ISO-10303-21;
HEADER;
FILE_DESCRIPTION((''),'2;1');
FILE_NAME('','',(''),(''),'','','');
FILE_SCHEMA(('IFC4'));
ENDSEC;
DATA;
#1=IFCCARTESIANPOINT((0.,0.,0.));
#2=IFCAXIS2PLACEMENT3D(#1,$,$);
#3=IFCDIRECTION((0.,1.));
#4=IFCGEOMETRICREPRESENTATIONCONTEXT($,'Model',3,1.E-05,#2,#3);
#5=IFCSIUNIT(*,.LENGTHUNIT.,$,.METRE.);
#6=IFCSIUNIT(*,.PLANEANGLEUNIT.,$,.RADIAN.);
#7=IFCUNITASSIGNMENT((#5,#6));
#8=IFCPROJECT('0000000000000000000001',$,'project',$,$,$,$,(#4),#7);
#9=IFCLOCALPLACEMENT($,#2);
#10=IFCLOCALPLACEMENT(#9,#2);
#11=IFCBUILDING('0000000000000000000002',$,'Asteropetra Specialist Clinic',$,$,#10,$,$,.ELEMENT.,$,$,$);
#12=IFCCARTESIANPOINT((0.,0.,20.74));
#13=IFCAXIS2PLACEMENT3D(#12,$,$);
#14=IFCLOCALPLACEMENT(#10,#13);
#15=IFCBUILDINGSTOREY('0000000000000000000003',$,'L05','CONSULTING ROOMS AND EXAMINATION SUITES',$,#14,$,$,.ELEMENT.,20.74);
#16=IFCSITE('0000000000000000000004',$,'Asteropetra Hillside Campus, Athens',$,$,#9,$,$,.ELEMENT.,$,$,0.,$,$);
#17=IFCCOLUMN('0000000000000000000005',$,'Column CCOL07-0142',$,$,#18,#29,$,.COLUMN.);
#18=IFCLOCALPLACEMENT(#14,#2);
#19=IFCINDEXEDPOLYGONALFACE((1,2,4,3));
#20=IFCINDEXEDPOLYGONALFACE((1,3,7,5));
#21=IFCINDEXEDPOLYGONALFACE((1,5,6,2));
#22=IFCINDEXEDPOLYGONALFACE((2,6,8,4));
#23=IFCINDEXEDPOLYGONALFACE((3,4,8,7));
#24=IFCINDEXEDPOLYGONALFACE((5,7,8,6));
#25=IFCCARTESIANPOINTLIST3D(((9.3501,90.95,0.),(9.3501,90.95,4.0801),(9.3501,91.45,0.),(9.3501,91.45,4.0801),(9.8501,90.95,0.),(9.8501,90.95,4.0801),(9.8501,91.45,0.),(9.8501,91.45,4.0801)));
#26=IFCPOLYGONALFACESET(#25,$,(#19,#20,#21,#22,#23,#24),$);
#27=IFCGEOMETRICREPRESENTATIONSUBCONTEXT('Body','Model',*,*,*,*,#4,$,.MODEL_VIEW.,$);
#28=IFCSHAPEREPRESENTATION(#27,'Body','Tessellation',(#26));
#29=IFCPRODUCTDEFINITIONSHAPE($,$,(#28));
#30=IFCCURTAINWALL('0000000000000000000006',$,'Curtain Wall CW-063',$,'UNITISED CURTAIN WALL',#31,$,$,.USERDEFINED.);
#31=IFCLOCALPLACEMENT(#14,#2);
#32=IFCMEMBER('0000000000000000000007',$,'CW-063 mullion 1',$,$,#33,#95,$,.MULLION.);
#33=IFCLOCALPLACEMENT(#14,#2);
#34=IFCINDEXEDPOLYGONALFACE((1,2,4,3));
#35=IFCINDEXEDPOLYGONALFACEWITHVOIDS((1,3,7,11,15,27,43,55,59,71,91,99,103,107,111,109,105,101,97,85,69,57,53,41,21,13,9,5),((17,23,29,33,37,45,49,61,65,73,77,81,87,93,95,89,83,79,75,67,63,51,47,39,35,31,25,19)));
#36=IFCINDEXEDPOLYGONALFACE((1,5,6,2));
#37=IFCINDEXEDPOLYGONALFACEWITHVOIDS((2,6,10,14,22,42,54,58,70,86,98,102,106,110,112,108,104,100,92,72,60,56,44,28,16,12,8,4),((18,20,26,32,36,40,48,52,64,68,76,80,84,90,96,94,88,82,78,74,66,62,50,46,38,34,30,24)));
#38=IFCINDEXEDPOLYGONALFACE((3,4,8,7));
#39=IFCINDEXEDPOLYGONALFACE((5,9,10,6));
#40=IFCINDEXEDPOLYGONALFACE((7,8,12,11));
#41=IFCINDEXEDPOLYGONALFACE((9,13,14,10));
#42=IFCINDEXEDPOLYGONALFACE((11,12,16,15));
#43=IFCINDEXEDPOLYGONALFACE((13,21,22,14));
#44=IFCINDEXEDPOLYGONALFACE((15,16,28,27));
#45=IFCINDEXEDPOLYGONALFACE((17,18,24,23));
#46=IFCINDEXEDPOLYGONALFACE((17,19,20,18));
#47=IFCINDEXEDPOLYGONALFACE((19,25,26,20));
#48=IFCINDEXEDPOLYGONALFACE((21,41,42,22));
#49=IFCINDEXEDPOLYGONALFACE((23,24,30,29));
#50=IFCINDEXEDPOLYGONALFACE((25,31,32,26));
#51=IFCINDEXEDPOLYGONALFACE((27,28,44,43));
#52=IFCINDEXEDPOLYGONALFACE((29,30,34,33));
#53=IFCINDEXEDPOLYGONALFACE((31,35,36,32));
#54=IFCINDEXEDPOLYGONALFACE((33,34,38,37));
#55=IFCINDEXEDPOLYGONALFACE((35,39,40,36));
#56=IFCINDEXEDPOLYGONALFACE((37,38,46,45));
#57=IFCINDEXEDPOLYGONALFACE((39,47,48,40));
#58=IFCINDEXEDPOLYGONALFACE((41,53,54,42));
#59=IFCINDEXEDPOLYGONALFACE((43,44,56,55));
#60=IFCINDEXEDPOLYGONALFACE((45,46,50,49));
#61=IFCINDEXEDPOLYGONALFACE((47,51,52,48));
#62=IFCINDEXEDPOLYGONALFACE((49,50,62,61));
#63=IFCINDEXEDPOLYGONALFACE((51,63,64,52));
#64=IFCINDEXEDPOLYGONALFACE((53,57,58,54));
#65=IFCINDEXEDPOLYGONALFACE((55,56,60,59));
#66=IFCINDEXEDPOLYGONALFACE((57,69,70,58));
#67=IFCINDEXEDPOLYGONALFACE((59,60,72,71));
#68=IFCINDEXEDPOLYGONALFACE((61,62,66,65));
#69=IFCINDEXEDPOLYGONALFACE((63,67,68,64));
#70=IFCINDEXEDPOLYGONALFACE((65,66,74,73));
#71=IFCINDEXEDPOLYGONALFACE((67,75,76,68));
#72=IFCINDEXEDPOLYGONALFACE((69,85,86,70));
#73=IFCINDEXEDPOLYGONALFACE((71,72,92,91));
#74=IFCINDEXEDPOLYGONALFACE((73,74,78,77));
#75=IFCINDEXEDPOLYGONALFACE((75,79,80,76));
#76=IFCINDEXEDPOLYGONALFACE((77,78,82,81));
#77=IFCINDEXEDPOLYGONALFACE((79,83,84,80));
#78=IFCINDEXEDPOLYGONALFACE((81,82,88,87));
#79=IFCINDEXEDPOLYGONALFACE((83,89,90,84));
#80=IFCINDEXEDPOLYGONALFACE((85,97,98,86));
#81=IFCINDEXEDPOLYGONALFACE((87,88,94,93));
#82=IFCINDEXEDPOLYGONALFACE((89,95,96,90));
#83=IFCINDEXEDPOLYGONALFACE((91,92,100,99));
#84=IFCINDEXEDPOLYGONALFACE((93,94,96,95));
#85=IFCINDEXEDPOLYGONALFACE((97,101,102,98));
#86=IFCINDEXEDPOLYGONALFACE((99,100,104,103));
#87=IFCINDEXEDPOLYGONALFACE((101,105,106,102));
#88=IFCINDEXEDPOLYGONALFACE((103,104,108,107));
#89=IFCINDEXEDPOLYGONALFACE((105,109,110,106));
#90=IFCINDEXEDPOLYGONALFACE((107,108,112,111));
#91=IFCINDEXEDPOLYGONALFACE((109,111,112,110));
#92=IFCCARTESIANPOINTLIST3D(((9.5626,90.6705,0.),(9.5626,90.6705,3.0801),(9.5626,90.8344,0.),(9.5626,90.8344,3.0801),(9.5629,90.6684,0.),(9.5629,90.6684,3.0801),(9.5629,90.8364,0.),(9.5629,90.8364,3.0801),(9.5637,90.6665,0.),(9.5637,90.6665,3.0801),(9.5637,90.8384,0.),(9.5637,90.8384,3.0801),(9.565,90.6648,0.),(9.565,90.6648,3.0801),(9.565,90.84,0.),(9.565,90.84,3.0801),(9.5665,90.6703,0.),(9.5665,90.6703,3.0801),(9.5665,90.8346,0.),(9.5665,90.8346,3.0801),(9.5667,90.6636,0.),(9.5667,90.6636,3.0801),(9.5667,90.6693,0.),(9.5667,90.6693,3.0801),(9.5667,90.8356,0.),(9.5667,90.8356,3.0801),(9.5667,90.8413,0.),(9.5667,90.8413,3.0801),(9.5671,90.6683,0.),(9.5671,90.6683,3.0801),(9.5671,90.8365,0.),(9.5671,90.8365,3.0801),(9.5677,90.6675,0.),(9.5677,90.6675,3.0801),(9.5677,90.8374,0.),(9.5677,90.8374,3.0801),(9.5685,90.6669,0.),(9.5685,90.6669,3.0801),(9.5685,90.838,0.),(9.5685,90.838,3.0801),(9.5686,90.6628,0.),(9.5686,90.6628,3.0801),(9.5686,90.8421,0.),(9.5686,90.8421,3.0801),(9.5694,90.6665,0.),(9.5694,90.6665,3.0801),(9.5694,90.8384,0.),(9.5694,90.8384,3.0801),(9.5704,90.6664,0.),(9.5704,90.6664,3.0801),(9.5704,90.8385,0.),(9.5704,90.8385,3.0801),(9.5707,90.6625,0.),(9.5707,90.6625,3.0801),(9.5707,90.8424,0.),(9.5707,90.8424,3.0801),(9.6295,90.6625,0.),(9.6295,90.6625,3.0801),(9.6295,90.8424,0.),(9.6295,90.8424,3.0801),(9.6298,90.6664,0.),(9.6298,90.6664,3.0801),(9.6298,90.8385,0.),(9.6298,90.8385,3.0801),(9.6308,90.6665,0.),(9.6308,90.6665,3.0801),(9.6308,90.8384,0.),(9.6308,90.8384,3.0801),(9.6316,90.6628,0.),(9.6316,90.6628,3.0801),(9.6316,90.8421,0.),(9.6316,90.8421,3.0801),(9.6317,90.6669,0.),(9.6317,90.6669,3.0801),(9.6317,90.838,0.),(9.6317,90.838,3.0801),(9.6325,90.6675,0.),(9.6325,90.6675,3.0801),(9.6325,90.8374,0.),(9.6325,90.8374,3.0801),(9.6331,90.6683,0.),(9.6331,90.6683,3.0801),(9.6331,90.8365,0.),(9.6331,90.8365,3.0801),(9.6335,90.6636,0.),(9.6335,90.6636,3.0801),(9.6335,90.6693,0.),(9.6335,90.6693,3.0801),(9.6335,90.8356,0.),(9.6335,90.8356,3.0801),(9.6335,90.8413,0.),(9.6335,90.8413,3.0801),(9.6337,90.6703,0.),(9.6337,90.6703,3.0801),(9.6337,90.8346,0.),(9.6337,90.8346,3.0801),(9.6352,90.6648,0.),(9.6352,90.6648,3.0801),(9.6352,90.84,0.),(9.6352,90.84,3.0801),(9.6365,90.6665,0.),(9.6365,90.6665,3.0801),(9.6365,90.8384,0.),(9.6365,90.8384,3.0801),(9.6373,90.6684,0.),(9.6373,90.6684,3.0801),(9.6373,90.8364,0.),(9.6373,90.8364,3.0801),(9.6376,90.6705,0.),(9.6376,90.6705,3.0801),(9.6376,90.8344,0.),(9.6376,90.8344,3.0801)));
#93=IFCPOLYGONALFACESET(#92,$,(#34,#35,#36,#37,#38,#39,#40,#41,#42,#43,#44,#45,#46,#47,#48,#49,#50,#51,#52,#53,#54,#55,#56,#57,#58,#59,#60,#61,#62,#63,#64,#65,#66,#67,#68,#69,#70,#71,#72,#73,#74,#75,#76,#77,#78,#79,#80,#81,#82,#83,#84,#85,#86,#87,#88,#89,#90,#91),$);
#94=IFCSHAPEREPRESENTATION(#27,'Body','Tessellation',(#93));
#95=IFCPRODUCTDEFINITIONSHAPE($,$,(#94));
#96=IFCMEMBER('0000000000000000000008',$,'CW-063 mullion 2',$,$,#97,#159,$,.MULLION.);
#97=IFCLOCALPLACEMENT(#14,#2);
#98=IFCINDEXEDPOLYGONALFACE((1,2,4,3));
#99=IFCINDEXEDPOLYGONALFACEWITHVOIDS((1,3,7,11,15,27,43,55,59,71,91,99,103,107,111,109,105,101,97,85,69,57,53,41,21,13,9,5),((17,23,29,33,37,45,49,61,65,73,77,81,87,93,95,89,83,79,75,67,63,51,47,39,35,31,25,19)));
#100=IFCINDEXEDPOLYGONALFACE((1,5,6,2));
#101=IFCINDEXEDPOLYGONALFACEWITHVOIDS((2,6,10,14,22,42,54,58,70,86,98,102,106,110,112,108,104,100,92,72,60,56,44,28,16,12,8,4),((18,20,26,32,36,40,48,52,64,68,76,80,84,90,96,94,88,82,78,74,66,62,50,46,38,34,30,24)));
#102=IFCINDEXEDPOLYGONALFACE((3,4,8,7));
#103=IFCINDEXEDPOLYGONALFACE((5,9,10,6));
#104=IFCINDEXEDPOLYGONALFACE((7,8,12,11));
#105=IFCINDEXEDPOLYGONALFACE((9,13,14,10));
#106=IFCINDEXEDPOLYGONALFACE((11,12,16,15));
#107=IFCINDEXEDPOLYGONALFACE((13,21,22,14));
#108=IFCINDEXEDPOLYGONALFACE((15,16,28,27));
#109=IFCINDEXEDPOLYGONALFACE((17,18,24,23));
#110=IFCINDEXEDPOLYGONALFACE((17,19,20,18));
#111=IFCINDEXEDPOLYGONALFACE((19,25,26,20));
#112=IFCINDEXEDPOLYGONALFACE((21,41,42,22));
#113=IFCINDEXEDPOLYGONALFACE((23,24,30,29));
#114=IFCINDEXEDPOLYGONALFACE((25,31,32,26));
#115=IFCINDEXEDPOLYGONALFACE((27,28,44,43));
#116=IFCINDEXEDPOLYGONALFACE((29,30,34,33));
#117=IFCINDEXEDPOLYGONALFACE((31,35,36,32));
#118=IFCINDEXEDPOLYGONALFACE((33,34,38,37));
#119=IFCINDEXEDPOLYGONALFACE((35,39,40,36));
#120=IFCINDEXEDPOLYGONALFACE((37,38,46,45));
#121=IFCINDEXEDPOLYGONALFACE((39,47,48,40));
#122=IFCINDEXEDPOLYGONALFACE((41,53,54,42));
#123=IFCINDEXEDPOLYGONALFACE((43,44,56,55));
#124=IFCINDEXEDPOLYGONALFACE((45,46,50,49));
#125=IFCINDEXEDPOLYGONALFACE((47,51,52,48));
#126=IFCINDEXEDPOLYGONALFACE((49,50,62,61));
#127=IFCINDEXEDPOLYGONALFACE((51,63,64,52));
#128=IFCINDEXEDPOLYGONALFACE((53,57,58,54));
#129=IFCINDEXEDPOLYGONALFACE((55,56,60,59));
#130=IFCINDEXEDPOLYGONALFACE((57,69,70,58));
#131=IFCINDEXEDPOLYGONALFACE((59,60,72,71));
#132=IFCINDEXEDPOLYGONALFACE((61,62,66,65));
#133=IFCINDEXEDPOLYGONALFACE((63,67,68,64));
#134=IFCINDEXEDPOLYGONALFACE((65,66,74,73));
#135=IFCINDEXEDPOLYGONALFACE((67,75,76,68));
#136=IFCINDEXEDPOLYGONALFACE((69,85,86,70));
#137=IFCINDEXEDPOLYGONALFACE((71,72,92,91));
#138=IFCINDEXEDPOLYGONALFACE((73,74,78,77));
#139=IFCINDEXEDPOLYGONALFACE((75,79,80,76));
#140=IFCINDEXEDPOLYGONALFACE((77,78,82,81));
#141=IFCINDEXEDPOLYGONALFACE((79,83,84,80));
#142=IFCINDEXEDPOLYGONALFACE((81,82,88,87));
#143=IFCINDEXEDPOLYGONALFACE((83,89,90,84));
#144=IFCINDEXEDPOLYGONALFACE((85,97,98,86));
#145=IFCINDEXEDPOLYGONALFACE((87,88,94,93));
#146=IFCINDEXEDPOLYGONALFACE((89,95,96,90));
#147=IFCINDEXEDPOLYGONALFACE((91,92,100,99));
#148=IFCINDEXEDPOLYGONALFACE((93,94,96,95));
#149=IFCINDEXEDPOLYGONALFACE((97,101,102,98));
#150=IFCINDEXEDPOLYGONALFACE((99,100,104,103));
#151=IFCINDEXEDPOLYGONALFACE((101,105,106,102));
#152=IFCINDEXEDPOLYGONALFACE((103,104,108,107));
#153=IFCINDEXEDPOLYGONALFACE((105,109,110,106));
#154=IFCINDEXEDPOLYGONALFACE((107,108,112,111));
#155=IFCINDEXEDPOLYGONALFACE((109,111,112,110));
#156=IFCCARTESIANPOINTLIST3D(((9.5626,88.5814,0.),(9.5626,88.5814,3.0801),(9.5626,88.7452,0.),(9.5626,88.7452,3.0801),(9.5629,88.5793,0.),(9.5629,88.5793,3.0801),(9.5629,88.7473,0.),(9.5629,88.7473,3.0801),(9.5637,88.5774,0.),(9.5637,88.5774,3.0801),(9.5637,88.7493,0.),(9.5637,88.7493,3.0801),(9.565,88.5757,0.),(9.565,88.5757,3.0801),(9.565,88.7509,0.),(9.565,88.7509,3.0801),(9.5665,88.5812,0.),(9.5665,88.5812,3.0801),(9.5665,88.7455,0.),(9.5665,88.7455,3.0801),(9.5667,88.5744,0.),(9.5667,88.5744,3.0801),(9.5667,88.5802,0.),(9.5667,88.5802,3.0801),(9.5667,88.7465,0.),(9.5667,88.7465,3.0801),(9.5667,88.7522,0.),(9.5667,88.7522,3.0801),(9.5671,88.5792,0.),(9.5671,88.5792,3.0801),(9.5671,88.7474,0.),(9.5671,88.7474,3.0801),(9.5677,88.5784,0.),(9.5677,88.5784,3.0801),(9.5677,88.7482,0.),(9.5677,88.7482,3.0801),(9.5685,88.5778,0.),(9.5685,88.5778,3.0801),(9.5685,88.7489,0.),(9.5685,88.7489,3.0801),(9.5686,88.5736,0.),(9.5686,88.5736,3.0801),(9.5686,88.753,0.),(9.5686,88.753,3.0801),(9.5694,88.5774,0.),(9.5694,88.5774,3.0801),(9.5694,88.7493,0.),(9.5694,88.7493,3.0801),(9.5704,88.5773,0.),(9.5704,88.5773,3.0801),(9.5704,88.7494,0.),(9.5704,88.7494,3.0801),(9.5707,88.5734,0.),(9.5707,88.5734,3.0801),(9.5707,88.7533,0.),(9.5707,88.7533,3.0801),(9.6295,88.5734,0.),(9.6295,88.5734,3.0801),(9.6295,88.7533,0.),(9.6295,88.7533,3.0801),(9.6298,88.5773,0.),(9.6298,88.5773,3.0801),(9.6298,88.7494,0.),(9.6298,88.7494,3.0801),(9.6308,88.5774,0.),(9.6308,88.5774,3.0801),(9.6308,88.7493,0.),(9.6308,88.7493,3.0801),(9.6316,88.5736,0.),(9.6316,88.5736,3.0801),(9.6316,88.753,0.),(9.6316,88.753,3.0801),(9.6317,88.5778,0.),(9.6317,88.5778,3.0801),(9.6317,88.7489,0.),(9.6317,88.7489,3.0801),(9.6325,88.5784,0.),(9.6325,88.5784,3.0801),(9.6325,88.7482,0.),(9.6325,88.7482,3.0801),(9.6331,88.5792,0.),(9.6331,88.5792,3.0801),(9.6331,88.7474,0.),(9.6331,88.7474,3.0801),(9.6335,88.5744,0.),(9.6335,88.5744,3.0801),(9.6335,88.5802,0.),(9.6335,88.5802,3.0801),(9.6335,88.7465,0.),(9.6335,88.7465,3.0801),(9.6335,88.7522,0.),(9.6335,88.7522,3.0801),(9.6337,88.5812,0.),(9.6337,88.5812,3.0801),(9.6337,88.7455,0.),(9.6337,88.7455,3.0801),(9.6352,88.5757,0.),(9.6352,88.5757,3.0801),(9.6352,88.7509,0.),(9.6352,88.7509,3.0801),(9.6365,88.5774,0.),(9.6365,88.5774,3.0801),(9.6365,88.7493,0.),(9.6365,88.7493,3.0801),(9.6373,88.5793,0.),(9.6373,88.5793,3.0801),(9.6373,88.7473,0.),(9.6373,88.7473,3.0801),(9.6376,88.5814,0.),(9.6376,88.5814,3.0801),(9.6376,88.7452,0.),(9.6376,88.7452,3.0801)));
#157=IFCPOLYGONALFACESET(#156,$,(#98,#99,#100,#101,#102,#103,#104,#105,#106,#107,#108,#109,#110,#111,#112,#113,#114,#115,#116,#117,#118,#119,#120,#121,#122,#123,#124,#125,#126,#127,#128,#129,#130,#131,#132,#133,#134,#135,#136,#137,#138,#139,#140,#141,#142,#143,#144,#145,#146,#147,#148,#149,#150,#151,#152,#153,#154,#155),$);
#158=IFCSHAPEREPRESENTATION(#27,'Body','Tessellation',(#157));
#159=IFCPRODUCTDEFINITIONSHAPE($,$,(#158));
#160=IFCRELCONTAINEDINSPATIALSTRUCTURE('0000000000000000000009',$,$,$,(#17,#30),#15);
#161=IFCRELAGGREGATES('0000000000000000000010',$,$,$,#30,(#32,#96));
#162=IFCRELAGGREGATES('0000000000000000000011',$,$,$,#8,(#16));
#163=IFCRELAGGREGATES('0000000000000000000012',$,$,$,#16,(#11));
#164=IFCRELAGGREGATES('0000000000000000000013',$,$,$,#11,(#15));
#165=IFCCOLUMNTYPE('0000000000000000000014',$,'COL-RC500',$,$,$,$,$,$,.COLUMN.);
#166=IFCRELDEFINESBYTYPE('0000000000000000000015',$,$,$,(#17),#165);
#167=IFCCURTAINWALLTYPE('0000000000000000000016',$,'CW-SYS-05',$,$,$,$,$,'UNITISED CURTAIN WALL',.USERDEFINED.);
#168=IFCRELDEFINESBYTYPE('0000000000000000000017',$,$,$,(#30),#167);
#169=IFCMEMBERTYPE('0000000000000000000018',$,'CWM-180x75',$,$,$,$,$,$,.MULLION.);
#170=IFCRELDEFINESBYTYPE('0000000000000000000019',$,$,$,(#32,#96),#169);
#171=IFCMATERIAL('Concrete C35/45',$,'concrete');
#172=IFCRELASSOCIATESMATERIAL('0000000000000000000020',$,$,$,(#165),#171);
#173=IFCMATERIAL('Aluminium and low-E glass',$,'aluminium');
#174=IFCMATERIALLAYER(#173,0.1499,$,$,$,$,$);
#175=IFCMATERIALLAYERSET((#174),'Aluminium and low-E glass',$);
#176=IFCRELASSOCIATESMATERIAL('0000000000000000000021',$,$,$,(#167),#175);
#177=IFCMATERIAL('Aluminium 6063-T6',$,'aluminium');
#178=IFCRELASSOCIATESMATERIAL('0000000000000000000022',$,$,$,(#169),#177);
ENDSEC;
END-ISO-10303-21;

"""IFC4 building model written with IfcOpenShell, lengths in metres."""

from ifc_helpers import new_model, si_unit, direction, frame, origin, origin_2d, place, context, subcontext, project, spatial, rectangle, hollow_rectangle, extrude, material, layer, layer_set, material_profile, profile_set, type_object, element, aggregate, save


model = new_model("IFC4")

# Units and contexts
model_context = context("Model", 3, precision=1e-05, world=origin(), true_north=direction((0.0, 1.0)))
body_context = subcontext(model_context, "Body", "Model", "MODEL_VIEW")
ifc_project = project(units=[si_unit("LENGTHUNIT", "METRE"), si_unit("PLANEANGLEUNIT", "RADIAN")], contexts=[model_context])

# Site, building, storey
site_placement = place(None, origin())
site = spatial("IfcSite", under=ifc_project, at=site_placement, Name="Asteropetra Hillside Campus, Athens", CompositionType="ELEMENT", RefElevation=0.0)
building_placement = place(site_placement, origin())
building = spatial("IfcBuilding", under=site, at=building_placement, Name="Asteropetra Specialist Clinic", CompositionType="ELEMENT")
storey_placement = place(building_placement, frame((0.0, 0.0, 20.74)))
storey = spatial("IfcBuildingStorey", under=building, at=storey_placement, Name="L05", Description="CONSULTING ROOMS AND EXAMINATION SUITES", CompositionType="ELEMENT", Elevation=20.74)

# Column
ifc_material_1 = material(Name="Concrete C35/45", Category="concrete")
ifc_material_profile_1 = material_profile(ifc_material_1, rectangle(XDim=0.5, YDim=0.5, at=origin_2d()), Name="RC 500x500")
ifc_profile_set_1 = profile_set([ifc_material_profile_1], Name="Concrete C35/45")
column_type = type_object("IfcColumnType", Name="COL-RC500", PredefinedType="COLUMN", material=ifc_profile_set_1)
column_placement = place(storey_placement, frame((9.6001, 91.2, 0.0), z_axis=(0.0, 0.0, 1.0), x_axis=(1.0, 0.0, 0.0)))
element("IfcColumn", 1, at=column_placement, inside=storey, type_object=column_type, Name="Column CCOL07-0142", PredefinedType="COLUMN", context=body_context, shape_type="SweptSolid", body=[
    extrude(rectangle(XDim=0.5, YDim=0.5, at=origin_2d()), origin(), (0.0, 0.0, 1.0), 4.0801),
])

# Curtain wall, members
ifc_material_2 = material(Name="Aluminium and low-E glass", Category="aluminium")
ifc_layer_1 = layer(ifc_material_2, 0.1499)
ifc_layer_set_1 = layer_set([ifc_layer_1], Name="Aluminium and low-E glass")
curtain_wall_type = type_object("IfcCurtainWallType", Name="CW-SYS-05", ElementType="UNITISED CURTAIN WALL", PredefinedType="USERDEFINED", material=ifc_layer_set_1)
curtain_wall_placement = place(storey_placement, origin())
curtain_wall = element("IfcCurtainWall", 2, at=curtain_wall_placement, inside=storey, type_object=curtain_wall_type, Name="Curtain Wall CW-063", ObjectType="UNITISED CURTAIN WALL", PredefinedType="USERDEFINED")
ifc_material_3 = material(Name="Aluminium 6063-T6", Category="aluminium")
ifc_material_profile_2 = material_profile(ifc_material_3, hollow_rectangle(XDim=0.075, YDim=0.1799, WallThickness=0.0039, InnerFilletRadius=0.0039, OuterFilletRadius=0.0081, at=origin_2d()), Name="MUL 180x75x4.0")
ifc_profile_set_2 = profile_set([ifc_material_profile_2], Name="Aluminium 6063-T6")
member_type_1 = type_object("IfcMemberType", Name="CWM-180x75", PredefinedType="MULLION", material=ifc_profile_set_2)
member_1_placement = place(storey_placement, frame((9.6001, 90.7524, 0.0), z_axis=(0.0, 0.0, 1.0), x_axis=(1.0, 0.0, 0.0)))
member_1 = element("IfcMember", 3, at=member_1_placement, type_object=member_type_1, Name="CW-063 mullion 1", PredefinedType="MULLION", context=body_context, shape_type="SweptSolid", body=[
    extrude(hollow_rectangle(XDim=0.075, YDim=0.1799, WallThickness=0.0039, InnerFilletRadius=0.0039, OuterFilletRadius=0.0081, at=origin_2d()), origin(), (0.0, 0.0, 1.0), 3.0801),
])
member_2_placement = place(storey_placement, frame((9.6001, 88.6633, 0.0), z_axis=(0.0, 0.0, 1.0), x_axis=(1.0, 0.0, 0.0)))
member_2 = element("IfcMember", 4, at=member_2_placement, type_object=member_type_1, Name="CW-063 mullion 2", PredefinedType="MULLION", context=body_context, shape_type="SweptSolid", body=[
    extrude(hollow_rectangle(XDim=0.075, YDim=0.1799, WallThickness=0.0039, InnerFilletRadius=0.0039, OuterFilletRadius=0.0081, at=origin_2d()), origin(), (0.0, 0.0, 1.0), 3.0801),
])
aggregate(curtain_wall, [member_1, member_2])

save(model, "model.ifc")
